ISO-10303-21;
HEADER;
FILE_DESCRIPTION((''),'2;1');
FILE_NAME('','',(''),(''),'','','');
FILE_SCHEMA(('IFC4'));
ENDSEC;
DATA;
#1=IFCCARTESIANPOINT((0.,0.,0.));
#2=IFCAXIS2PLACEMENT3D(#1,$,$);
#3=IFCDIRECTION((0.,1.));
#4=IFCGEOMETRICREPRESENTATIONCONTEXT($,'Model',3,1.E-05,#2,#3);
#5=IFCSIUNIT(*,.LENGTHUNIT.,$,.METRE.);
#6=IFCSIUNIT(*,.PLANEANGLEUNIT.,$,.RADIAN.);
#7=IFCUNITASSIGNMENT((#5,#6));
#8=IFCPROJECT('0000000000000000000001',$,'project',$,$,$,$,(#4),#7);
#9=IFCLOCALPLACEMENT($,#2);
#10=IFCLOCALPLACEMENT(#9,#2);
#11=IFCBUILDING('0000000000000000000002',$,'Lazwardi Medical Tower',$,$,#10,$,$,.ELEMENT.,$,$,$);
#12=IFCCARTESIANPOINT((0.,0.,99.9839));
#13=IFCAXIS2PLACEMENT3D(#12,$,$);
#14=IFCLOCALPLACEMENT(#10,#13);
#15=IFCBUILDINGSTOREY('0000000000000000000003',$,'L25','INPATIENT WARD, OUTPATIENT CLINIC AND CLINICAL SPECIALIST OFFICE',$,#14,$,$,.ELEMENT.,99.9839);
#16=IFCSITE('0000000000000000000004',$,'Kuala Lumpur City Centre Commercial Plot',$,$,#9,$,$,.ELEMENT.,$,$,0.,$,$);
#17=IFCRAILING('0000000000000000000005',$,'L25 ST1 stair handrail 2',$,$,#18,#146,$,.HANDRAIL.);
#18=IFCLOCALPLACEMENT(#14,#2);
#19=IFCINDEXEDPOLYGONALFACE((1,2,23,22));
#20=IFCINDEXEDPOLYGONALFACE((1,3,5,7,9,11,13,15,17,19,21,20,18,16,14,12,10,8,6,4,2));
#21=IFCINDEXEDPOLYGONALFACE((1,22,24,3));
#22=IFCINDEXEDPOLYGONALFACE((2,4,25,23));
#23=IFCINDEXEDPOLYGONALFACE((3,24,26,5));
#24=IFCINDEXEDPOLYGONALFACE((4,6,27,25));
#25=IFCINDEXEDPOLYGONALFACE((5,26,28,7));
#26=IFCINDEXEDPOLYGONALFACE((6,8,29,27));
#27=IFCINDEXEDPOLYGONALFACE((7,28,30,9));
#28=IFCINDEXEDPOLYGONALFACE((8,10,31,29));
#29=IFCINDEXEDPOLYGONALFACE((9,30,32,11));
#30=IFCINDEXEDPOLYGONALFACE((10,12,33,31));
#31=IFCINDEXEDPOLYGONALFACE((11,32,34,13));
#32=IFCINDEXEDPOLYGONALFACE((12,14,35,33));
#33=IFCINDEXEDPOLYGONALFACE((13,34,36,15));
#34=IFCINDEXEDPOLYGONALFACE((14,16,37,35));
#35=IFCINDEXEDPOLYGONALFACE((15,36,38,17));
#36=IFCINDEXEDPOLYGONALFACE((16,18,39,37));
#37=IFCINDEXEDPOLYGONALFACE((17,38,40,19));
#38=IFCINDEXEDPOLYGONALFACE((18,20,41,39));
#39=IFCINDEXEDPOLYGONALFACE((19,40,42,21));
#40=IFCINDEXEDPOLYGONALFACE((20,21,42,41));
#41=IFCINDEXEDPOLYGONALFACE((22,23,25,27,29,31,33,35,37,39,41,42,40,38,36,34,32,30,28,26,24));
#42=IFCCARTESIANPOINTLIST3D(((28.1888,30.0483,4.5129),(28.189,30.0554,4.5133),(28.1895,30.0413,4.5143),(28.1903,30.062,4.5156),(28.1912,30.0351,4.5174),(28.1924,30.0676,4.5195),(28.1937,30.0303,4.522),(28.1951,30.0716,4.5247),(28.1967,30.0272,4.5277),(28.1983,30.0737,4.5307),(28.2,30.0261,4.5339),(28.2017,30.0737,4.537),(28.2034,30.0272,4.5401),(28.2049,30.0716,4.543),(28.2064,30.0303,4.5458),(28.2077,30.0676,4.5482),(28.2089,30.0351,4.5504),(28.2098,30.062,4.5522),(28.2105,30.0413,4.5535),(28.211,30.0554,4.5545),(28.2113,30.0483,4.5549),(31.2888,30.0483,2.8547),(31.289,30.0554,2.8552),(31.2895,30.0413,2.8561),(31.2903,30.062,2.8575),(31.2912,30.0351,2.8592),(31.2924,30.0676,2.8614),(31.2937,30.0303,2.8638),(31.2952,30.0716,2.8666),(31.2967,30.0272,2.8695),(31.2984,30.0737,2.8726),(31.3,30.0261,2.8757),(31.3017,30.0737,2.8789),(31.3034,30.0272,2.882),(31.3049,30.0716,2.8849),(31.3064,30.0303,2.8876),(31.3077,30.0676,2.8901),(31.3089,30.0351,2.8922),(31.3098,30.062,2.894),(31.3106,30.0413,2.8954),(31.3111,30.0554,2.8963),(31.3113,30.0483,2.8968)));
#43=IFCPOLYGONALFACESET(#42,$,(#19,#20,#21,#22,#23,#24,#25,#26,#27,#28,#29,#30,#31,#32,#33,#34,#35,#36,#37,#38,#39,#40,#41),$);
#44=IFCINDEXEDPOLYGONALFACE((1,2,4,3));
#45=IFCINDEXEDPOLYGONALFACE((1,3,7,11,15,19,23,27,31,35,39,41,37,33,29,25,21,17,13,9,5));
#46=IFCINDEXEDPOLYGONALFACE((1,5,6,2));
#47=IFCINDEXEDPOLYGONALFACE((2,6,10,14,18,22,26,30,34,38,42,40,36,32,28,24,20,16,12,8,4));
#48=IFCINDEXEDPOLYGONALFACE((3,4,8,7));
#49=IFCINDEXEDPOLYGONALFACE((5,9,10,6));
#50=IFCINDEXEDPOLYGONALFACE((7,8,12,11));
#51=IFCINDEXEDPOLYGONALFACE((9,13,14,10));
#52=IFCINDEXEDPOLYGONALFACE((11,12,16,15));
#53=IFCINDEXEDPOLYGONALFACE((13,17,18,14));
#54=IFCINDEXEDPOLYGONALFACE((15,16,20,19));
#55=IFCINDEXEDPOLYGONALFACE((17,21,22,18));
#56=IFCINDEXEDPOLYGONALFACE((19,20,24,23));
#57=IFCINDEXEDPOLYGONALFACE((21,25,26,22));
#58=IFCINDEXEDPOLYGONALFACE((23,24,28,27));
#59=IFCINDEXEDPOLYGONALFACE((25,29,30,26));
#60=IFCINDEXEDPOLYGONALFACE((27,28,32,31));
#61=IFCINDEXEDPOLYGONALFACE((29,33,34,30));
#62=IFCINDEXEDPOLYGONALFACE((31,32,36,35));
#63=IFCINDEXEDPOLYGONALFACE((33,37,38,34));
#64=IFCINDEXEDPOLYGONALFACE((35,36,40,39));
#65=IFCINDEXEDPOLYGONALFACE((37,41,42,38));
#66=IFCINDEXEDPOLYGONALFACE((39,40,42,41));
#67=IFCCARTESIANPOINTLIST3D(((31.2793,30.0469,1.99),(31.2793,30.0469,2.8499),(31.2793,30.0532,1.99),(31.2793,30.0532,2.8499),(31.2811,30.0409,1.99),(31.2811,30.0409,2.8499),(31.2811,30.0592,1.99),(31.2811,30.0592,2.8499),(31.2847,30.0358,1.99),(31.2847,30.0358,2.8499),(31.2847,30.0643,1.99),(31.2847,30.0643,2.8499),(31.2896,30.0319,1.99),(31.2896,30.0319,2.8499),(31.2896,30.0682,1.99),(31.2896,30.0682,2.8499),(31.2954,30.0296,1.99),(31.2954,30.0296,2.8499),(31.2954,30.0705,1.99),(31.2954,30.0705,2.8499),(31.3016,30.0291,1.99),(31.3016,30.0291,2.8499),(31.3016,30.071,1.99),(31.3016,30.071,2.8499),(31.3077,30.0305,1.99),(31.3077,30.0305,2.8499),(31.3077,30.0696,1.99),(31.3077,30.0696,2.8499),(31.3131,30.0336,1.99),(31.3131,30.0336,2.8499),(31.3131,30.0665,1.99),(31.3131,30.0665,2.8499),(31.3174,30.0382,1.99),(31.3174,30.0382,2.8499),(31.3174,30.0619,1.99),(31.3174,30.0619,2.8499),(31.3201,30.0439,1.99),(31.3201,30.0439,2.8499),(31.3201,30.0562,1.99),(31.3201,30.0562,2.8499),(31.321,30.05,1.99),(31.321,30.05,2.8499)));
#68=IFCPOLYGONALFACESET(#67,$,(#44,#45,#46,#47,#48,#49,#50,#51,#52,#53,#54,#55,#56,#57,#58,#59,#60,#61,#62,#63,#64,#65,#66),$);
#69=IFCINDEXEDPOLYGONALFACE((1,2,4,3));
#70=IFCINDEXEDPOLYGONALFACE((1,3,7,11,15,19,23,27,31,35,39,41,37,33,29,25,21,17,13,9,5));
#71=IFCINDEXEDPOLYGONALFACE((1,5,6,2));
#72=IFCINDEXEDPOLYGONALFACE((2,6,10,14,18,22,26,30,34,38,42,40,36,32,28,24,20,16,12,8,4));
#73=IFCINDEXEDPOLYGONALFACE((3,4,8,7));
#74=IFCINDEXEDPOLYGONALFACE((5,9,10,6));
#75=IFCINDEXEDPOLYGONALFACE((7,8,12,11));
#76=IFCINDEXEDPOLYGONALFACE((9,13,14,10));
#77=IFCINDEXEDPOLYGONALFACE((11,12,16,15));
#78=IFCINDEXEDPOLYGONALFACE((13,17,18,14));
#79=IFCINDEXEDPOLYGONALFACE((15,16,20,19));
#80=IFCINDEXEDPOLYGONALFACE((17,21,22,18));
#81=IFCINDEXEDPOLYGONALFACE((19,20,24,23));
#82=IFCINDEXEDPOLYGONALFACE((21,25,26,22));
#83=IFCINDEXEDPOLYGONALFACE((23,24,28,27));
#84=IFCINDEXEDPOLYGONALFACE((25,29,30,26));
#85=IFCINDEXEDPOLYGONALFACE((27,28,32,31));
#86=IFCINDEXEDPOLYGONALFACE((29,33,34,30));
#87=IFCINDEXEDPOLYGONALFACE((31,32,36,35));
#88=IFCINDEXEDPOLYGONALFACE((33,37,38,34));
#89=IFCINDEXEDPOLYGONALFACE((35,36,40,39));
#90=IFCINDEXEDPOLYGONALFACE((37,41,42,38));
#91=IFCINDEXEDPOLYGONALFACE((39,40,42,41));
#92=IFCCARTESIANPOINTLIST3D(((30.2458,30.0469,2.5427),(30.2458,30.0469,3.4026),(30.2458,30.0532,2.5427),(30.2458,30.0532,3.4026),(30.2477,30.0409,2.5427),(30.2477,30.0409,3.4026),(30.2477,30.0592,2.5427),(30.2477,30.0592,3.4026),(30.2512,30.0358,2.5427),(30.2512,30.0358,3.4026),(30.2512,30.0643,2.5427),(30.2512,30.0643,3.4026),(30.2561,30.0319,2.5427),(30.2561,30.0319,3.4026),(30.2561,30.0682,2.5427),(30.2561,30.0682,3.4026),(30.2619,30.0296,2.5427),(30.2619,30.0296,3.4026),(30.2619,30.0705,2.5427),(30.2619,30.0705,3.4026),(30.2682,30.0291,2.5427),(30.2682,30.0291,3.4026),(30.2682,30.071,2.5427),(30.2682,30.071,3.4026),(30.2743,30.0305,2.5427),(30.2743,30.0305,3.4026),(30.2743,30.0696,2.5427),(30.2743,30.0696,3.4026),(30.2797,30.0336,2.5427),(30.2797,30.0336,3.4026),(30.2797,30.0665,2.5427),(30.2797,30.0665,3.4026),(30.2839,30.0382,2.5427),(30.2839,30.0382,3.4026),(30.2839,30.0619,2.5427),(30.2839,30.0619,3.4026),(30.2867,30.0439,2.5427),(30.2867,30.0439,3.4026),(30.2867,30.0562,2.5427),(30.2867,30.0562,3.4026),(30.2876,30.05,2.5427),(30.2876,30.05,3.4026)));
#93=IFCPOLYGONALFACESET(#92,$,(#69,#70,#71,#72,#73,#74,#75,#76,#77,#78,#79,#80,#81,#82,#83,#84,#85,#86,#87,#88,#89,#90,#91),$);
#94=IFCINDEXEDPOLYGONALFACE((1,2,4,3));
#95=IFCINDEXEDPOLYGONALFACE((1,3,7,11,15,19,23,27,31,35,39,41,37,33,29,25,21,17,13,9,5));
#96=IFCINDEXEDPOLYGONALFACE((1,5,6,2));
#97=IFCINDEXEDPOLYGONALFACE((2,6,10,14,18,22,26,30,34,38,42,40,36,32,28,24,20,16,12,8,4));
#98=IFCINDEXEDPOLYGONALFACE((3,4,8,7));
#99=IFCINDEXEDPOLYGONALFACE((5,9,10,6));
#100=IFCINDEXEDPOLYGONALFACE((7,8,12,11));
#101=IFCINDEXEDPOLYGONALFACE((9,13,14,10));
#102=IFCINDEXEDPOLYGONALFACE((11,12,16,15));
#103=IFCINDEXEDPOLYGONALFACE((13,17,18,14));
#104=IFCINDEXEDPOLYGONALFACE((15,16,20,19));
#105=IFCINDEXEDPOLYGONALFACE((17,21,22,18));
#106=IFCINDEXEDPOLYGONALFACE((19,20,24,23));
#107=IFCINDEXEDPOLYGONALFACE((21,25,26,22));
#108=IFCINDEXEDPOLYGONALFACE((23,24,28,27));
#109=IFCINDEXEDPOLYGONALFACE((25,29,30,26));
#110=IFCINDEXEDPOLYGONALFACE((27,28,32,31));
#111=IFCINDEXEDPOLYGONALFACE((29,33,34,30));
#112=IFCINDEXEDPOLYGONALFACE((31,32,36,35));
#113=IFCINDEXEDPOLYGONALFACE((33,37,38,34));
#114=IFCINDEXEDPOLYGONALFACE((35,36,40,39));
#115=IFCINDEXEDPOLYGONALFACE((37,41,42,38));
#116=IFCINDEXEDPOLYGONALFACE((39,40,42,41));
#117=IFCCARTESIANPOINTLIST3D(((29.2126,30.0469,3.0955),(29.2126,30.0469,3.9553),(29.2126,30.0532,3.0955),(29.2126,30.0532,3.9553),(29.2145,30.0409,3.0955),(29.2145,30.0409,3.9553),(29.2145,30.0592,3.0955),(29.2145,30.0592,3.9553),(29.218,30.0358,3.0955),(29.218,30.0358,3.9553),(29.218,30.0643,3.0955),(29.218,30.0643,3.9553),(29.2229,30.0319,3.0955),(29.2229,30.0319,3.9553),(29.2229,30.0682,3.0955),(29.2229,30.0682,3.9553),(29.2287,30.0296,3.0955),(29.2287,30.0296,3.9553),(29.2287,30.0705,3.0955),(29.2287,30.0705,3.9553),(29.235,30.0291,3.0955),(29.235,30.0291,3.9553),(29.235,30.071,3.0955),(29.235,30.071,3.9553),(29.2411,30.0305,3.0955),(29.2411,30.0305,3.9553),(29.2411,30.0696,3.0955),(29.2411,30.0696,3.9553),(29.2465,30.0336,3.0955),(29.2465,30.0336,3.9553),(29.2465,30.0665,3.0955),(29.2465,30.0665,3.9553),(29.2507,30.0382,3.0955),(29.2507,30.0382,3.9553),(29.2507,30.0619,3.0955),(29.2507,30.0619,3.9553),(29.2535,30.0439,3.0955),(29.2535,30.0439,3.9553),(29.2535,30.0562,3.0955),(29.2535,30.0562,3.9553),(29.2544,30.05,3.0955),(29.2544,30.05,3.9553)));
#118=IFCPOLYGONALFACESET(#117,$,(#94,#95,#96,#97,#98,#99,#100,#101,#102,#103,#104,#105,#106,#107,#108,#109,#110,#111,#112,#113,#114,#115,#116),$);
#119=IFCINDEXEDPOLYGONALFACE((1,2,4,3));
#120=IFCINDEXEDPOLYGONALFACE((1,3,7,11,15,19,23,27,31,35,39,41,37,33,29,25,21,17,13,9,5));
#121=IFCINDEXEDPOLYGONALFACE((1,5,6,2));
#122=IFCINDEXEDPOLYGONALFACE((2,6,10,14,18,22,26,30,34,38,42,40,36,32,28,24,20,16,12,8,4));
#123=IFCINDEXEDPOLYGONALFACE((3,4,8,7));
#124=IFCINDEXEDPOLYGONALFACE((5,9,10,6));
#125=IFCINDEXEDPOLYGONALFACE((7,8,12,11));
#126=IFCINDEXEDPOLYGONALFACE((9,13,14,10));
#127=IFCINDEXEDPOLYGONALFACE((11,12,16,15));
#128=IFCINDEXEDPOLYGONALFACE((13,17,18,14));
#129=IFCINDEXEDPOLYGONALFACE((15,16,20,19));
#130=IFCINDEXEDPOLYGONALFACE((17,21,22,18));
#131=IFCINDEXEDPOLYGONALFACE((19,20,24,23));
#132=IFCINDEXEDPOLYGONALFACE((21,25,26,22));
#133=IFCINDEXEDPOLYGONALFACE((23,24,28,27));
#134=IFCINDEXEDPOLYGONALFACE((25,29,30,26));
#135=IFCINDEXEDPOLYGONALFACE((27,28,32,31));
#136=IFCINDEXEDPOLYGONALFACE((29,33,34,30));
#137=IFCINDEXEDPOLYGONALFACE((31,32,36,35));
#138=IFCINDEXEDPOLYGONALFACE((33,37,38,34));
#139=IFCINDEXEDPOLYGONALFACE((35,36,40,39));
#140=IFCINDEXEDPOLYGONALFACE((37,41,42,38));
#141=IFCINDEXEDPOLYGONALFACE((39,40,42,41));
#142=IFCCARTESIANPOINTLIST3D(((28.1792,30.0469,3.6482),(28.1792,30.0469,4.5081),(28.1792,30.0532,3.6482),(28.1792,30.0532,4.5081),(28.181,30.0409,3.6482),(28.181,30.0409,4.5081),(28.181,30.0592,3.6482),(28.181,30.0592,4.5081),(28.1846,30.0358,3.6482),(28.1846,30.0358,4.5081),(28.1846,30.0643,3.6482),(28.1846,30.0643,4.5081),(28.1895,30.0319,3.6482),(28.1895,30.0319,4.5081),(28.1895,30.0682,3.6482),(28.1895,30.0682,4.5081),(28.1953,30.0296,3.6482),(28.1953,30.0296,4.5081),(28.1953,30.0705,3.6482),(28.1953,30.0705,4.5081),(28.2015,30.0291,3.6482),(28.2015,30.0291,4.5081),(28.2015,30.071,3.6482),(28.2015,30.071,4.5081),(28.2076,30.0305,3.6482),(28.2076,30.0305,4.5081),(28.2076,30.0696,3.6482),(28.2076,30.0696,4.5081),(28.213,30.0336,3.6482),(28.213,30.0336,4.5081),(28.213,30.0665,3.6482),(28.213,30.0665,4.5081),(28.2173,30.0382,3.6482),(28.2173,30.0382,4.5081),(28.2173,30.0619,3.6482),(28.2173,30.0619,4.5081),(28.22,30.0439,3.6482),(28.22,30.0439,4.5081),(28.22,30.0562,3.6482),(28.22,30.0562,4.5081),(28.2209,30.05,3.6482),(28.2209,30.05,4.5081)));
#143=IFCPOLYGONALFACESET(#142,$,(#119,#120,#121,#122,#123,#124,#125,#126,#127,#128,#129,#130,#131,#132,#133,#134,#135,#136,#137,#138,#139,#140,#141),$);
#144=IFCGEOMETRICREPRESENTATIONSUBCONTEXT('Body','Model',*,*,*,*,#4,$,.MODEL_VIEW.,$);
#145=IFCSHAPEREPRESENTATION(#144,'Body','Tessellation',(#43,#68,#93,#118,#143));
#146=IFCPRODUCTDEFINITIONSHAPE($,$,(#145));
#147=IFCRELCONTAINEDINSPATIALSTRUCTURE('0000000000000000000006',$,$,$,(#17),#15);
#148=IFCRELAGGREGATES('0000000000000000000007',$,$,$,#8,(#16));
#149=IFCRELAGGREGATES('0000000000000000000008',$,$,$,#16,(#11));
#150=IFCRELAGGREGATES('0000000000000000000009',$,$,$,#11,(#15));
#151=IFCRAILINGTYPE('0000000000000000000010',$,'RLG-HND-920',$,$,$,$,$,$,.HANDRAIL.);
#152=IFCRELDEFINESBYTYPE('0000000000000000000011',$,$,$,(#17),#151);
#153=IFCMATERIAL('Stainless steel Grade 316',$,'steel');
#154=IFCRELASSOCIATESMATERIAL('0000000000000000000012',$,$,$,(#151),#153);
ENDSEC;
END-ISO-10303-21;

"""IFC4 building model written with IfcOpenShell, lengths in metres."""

from ifc_helpers import new_model, si_unit, direction, frame, origin, origin_2d, place, context, subcontext, project, spatial, circle, extrude, material, type_object, element, save


model = new_model("IFC4")

# Units and contexts
model_context = context("Model", 3, precision=1e-05, world=origin(), true_north=direction((0.0, 1.0)))
body_context = subcontext(model_context, "Body", "Model", "MODEL_VIEW")
ifc_project = project(units=[si_unit("LENGTHUNIT", "METRE"), si_unit("PLANEANGLEUNIT", "RADIAN")], contexts=[model_context])

# Site, building, storey
site_placement = place(None, origin())
site = spatial("IfcSite", under=ifc_project, at=site_placement, Name="Kuala Lumpur City Centre Commercial Plot", CompositionType="ELEMENT", RefElevation=0.0)
building_placement = place(site_placement, origin())
building = spatial("IfcBuilding", under=site, at=building_placement, Name="Lazwardi Medical Tower", CompositionType="ELEMENT")
storey_placement = place(building_placement, frame((0.0, 0.0, 99.9839)))
storey = spatial("IfcBuildingStorey", under=building, at=storey_placement, Name="L25", Description="INPATIENT WARD, OUTPATIENT CLINIC AND CLINICAL SPECIALIST OFFICE", CompositionType="ELEMENT", Elevation=99.9839)

# Railing
ifc_material_1 = material(Name="Stainless steel Grade 316", Category="steel")
railing_type_1 = type_object("IfcRailingType", Name="RLG-HND-920", PredefinedType="HANDRAIL", material=ifc_material_1)
railing_1_placement = place(storey_placement, frame((31.3, 30.05, 1.99)))
element("IfcRailing", 1, at=railing_1_placement, inside=storey, type_object=railing_type_1, Name="L25 ST1 stair handrail 2", PredefinedType="HANDRAIL", context=body_context, shape_type="SweptSolid", body=[
    extrude(circle(Radius=0.0239, at=origin_2d()), frame((0.0, 0.0, 0.8857), z_axis=(-0.881783, 0.0, 0.471655), x_axis=(0.0, -1.0, 0.0)), (0.0, 0.0, 1.0), 3.5156),
    extrude(circle(Radius=0.021, at=origin_2d()), origin(), (0.0, 0.0, 1.0), 0.8599),
    extrude(circle(Radius=0.021, at=origin_2d()), frame((-1.0334, 0.0, 0.5527)), (0.0, 0.0, 1.0), 0.8599),
    extrude(circle(Radius=0.021, at=origin_2d()), frame((-2.0667, 0.0, 1.1055)), (0.0, 0.0, 1.0), 0.8599),
    extrude(circle(Radius=0.021, at=origin_2d()), frame((-3.1001, 0.0, 1.6582)), (0.0, 0.0, 1.0), 0.8599),
])

save(model, "model.ifc")
